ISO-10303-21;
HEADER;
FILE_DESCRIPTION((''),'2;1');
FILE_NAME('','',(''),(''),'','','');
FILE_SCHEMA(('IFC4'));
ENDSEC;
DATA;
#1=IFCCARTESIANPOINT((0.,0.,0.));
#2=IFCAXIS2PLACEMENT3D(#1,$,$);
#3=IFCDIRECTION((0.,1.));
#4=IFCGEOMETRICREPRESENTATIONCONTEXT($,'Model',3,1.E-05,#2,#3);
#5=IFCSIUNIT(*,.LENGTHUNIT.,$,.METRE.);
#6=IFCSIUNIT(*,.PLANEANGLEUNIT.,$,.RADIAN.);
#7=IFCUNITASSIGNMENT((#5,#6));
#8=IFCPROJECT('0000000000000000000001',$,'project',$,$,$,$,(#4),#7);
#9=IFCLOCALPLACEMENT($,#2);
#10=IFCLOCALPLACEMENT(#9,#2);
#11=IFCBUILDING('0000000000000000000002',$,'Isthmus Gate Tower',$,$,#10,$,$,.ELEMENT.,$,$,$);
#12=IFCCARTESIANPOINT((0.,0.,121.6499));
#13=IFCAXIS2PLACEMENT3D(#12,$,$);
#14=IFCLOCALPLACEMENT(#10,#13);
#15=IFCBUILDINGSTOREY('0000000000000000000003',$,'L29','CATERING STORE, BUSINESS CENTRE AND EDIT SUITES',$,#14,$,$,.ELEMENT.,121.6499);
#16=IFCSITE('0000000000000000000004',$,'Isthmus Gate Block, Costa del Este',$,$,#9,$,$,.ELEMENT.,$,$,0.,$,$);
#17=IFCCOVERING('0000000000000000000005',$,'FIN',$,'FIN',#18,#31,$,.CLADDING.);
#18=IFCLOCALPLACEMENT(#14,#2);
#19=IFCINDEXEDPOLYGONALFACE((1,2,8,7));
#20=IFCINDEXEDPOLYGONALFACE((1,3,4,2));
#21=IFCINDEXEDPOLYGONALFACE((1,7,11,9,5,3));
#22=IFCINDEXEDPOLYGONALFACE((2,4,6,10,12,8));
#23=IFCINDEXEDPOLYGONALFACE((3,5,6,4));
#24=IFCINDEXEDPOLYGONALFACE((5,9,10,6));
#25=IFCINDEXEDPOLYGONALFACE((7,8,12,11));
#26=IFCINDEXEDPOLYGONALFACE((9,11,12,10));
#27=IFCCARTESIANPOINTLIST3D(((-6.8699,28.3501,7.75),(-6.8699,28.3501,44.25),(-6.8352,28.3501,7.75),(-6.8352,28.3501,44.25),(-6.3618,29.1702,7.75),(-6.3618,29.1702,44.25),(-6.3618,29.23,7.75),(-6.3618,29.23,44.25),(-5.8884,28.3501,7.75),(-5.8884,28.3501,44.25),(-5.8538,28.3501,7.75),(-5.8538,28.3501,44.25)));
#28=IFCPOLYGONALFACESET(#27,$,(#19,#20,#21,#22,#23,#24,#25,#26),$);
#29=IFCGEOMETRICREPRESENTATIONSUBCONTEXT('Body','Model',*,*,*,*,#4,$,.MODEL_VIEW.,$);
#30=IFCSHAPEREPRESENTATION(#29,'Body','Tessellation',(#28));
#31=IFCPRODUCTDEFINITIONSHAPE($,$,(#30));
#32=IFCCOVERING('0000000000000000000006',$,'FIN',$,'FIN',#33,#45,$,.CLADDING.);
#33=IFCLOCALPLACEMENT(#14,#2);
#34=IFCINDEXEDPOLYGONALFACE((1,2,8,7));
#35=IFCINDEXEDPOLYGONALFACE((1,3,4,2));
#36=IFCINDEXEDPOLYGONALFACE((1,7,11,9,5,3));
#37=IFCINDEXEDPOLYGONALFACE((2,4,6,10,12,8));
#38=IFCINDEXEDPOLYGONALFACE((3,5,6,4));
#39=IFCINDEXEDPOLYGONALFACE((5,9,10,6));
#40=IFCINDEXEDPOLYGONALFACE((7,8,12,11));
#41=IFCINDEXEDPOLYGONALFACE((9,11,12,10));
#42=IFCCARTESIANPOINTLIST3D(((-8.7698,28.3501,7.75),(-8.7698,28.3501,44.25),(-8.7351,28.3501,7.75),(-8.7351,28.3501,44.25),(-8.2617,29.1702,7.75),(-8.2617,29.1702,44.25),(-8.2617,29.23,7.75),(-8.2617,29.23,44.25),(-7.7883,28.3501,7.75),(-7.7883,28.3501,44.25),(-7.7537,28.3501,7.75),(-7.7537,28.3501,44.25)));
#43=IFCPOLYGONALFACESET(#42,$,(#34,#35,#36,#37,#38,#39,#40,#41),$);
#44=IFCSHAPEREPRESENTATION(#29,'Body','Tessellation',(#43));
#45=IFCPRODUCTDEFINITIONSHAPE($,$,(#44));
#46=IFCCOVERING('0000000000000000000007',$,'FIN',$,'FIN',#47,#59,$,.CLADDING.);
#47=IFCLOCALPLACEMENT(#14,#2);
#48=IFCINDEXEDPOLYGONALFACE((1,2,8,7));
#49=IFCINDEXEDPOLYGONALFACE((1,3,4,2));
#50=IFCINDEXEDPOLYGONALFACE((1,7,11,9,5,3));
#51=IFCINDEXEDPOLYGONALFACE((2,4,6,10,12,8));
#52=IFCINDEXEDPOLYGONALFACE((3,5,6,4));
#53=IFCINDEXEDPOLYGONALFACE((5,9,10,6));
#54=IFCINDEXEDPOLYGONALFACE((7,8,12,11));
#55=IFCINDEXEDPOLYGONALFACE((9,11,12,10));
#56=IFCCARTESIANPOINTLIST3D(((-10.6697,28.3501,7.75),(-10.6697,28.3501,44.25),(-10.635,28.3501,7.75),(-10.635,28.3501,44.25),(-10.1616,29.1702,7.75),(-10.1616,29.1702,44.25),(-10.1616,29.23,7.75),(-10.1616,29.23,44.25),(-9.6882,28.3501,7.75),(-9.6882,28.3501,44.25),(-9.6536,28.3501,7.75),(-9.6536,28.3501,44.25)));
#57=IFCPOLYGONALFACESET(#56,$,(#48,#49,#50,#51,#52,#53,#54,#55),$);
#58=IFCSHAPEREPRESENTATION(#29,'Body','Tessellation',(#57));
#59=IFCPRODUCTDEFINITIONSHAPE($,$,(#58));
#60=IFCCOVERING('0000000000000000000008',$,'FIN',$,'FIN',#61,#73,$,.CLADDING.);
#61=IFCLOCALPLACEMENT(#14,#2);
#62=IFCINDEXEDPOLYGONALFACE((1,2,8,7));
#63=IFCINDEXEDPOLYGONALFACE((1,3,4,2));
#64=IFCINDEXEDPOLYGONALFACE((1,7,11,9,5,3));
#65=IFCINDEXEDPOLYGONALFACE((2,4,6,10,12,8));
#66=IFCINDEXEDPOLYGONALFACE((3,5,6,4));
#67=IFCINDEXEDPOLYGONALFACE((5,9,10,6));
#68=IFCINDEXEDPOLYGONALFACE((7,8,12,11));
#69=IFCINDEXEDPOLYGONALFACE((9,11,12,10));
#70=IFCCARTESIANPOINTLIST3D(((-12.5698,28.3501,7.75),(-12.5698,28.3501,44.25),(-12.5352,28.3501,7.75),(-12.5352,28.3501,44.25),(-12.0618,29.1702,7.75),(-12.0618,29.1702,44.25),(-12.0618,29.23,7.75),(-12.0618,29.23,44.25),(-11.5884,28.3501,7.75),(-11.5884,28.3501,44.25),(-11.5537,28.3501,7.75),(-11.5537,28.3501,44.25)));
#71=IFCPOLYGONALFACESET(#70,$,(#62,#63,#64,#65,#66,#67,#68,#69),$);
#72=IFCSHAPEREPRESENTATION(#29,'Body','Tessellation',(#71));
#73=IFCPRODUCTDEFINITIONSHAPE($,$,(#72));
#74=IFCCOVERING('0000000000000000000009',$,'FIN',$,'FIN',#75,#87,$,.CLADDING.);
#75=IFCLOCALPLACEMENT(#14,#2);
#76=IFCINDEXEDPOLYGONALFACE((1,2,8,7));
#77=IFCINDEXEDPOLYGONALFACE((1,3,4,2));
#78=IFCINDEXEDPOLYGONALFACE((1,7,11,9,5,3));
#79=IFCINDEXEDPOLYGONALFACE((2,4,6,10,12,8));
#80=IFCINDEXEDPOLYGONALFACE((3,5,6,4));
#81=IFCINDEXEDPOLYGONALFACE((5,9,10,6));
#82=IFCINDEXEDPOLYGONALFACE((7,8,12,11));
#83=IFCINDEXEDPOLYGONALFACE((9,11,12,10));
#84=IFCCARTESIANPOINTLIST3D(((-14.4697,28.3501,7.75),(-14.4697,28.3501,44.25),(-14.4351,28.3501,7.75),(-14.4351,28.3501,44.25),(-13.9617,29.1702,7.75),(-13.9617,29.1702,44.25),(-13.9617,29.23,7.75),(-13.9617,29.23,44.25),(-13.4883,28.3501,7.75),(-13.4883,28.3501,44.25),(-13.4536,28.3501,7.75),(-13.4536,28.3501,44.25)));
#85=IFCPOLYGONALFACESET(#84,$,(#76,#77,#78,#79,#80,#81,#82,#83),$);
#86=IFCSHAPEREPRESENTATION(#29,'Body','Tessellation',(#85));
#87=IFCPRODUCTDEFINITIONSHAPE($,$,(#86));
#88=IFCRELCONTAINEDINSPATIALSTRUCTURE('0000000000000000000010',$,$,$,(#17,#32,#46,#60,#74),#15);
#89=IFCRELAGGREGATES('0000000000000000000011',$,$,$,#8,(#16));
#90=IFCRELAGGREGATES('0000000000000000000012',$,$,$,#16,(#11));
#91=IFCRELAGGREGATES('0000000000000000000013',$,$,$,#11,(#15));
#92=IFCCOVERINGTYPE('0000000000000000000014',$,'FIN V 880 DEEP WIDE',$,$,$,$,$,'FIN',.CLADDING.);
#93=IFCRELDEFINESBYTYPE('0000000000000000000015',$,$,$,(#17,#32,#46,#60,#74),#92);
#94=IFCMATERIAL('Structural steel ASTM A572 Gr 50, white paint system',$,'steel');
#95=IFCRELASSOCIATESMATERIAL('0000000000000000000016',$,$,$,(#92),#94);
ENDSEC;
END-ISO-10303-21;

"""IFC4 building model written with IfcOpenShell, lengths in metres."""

from ifc_helpers import new_model, si_unit, direction, frame, origin, place, context, subcontext, project, spatial, polyline, outline, extrude, material, material_profile, profile_set, type_object, element, save


model = new_model("IFC4")

# Units and contexts
model_context = context("Model", 3, precision=1e-05, world=origin(), true_north=direction((0.0, 1.0)))
body_context = subcontext(model_context, "Body", "Model", "MODEL_VIEW")
ifc_project = project(units=[si_unit("LENGTHUNIT", "METRE"), si_unit("PLANEANGLEUNIT", "RADIAN")], contexts=[model_context])

# Site, building, storey
site_placement = place(None, origin())
site = spatial("IfcSite", under=ifc_project, at=site_placement, Name="Isthmus Gate Block, Costa del Este", CompositionType="ELEMENT", RefElevation=0.0)
building_placement = place(site_placement, origin())
building = spatial("IfcBuilding", under=site, at=building_placement, Name="Isthmus Gate Tower", CompositionType="ELEMENT")
storey_placement = place(building_placement, frame((0.0, 0.0, 121.6499)))
storey = spatial("IfcBuildingStorey", under=building, at=storey_placement, Name="L29", Description="CATERING STORE, BUSINESS CENTRE AND EDIT SUITES", CompositionType="ELEMENT", Elevation=121.6499)

# Coverings
ifc_material_1 = material(Name="Structural steel ASTM A572 Gr 50, white paint system", Category="steel")
ifc_material_profile_1 = material_profile(ifc_material_1, outline(polyline([(0.0, -0.5081), (0.8799, 0.0), (0.0, 0.5081), (0.0, 0.4734), (0.8201, 0.0), (0.0, -0.4734), (0.0, -0.5081)])), Name="V880W")
ifc_profile_set_1 = profile_set([ifc_material_profile_1], Name="Structural steel ASTM A572 Gr 50, white paint system")
covering_type = type_object("IfcCoveringType", Name="FIN V 880 DEEP WIDE", ElementType="FIN", PredefinedType="CLADDING", material=ifc_profile_set_1)
for number, where, z_axis, x_axis, name in (
    (1, (-6.3618, 28.3501, 7.75), (0.0, 0.0, 1.0), (0.0, 1.0, 0.0), "FIN"),
    (2, (-8.2617, 28.3501, 7.75), (0.0, 0.0, 1.0), (0.0, 1.0, 0.0), "FIN"),
    (3, (-10.1616, 28.3501, 7.75), (0.0, 0.0, 1.0), (0.0, 1.0, 0.0), "FIN"),
    (4, (-12.0618, 28.3501, 7.75), (0.0, 0.0, 1.0), (0.0, 1.0, 0.0), "FIN"),
    (5, (-13.9617, 28.3501, 7.75), (0.0, 0.0, 1.0), (0.0, 1.0, 0.0), "FIN"),
):
    element("IfcCovering", number, at=place(storey_placement, frame(where, z_axis=z_axis, x_axis=x_axis)), inside=storey, type_object=covering_type, Name=name, ObjectType="FIN", PredefinedType="CLADDING", context=body_context, shape_type="SweptSolid", body=[
        extrude(outline(polyline([(0.0, -0.5081), (0.8799, 0.0), (0.0, 0.5081), (0.0, 0.4734), (0.8201, 0.0), (0.0, -0.4734), (0.0, -0.5081)])), origin(), (0.0, 0.0, 1.0), 36.5),
    ])

save(model, "model.ifc")
